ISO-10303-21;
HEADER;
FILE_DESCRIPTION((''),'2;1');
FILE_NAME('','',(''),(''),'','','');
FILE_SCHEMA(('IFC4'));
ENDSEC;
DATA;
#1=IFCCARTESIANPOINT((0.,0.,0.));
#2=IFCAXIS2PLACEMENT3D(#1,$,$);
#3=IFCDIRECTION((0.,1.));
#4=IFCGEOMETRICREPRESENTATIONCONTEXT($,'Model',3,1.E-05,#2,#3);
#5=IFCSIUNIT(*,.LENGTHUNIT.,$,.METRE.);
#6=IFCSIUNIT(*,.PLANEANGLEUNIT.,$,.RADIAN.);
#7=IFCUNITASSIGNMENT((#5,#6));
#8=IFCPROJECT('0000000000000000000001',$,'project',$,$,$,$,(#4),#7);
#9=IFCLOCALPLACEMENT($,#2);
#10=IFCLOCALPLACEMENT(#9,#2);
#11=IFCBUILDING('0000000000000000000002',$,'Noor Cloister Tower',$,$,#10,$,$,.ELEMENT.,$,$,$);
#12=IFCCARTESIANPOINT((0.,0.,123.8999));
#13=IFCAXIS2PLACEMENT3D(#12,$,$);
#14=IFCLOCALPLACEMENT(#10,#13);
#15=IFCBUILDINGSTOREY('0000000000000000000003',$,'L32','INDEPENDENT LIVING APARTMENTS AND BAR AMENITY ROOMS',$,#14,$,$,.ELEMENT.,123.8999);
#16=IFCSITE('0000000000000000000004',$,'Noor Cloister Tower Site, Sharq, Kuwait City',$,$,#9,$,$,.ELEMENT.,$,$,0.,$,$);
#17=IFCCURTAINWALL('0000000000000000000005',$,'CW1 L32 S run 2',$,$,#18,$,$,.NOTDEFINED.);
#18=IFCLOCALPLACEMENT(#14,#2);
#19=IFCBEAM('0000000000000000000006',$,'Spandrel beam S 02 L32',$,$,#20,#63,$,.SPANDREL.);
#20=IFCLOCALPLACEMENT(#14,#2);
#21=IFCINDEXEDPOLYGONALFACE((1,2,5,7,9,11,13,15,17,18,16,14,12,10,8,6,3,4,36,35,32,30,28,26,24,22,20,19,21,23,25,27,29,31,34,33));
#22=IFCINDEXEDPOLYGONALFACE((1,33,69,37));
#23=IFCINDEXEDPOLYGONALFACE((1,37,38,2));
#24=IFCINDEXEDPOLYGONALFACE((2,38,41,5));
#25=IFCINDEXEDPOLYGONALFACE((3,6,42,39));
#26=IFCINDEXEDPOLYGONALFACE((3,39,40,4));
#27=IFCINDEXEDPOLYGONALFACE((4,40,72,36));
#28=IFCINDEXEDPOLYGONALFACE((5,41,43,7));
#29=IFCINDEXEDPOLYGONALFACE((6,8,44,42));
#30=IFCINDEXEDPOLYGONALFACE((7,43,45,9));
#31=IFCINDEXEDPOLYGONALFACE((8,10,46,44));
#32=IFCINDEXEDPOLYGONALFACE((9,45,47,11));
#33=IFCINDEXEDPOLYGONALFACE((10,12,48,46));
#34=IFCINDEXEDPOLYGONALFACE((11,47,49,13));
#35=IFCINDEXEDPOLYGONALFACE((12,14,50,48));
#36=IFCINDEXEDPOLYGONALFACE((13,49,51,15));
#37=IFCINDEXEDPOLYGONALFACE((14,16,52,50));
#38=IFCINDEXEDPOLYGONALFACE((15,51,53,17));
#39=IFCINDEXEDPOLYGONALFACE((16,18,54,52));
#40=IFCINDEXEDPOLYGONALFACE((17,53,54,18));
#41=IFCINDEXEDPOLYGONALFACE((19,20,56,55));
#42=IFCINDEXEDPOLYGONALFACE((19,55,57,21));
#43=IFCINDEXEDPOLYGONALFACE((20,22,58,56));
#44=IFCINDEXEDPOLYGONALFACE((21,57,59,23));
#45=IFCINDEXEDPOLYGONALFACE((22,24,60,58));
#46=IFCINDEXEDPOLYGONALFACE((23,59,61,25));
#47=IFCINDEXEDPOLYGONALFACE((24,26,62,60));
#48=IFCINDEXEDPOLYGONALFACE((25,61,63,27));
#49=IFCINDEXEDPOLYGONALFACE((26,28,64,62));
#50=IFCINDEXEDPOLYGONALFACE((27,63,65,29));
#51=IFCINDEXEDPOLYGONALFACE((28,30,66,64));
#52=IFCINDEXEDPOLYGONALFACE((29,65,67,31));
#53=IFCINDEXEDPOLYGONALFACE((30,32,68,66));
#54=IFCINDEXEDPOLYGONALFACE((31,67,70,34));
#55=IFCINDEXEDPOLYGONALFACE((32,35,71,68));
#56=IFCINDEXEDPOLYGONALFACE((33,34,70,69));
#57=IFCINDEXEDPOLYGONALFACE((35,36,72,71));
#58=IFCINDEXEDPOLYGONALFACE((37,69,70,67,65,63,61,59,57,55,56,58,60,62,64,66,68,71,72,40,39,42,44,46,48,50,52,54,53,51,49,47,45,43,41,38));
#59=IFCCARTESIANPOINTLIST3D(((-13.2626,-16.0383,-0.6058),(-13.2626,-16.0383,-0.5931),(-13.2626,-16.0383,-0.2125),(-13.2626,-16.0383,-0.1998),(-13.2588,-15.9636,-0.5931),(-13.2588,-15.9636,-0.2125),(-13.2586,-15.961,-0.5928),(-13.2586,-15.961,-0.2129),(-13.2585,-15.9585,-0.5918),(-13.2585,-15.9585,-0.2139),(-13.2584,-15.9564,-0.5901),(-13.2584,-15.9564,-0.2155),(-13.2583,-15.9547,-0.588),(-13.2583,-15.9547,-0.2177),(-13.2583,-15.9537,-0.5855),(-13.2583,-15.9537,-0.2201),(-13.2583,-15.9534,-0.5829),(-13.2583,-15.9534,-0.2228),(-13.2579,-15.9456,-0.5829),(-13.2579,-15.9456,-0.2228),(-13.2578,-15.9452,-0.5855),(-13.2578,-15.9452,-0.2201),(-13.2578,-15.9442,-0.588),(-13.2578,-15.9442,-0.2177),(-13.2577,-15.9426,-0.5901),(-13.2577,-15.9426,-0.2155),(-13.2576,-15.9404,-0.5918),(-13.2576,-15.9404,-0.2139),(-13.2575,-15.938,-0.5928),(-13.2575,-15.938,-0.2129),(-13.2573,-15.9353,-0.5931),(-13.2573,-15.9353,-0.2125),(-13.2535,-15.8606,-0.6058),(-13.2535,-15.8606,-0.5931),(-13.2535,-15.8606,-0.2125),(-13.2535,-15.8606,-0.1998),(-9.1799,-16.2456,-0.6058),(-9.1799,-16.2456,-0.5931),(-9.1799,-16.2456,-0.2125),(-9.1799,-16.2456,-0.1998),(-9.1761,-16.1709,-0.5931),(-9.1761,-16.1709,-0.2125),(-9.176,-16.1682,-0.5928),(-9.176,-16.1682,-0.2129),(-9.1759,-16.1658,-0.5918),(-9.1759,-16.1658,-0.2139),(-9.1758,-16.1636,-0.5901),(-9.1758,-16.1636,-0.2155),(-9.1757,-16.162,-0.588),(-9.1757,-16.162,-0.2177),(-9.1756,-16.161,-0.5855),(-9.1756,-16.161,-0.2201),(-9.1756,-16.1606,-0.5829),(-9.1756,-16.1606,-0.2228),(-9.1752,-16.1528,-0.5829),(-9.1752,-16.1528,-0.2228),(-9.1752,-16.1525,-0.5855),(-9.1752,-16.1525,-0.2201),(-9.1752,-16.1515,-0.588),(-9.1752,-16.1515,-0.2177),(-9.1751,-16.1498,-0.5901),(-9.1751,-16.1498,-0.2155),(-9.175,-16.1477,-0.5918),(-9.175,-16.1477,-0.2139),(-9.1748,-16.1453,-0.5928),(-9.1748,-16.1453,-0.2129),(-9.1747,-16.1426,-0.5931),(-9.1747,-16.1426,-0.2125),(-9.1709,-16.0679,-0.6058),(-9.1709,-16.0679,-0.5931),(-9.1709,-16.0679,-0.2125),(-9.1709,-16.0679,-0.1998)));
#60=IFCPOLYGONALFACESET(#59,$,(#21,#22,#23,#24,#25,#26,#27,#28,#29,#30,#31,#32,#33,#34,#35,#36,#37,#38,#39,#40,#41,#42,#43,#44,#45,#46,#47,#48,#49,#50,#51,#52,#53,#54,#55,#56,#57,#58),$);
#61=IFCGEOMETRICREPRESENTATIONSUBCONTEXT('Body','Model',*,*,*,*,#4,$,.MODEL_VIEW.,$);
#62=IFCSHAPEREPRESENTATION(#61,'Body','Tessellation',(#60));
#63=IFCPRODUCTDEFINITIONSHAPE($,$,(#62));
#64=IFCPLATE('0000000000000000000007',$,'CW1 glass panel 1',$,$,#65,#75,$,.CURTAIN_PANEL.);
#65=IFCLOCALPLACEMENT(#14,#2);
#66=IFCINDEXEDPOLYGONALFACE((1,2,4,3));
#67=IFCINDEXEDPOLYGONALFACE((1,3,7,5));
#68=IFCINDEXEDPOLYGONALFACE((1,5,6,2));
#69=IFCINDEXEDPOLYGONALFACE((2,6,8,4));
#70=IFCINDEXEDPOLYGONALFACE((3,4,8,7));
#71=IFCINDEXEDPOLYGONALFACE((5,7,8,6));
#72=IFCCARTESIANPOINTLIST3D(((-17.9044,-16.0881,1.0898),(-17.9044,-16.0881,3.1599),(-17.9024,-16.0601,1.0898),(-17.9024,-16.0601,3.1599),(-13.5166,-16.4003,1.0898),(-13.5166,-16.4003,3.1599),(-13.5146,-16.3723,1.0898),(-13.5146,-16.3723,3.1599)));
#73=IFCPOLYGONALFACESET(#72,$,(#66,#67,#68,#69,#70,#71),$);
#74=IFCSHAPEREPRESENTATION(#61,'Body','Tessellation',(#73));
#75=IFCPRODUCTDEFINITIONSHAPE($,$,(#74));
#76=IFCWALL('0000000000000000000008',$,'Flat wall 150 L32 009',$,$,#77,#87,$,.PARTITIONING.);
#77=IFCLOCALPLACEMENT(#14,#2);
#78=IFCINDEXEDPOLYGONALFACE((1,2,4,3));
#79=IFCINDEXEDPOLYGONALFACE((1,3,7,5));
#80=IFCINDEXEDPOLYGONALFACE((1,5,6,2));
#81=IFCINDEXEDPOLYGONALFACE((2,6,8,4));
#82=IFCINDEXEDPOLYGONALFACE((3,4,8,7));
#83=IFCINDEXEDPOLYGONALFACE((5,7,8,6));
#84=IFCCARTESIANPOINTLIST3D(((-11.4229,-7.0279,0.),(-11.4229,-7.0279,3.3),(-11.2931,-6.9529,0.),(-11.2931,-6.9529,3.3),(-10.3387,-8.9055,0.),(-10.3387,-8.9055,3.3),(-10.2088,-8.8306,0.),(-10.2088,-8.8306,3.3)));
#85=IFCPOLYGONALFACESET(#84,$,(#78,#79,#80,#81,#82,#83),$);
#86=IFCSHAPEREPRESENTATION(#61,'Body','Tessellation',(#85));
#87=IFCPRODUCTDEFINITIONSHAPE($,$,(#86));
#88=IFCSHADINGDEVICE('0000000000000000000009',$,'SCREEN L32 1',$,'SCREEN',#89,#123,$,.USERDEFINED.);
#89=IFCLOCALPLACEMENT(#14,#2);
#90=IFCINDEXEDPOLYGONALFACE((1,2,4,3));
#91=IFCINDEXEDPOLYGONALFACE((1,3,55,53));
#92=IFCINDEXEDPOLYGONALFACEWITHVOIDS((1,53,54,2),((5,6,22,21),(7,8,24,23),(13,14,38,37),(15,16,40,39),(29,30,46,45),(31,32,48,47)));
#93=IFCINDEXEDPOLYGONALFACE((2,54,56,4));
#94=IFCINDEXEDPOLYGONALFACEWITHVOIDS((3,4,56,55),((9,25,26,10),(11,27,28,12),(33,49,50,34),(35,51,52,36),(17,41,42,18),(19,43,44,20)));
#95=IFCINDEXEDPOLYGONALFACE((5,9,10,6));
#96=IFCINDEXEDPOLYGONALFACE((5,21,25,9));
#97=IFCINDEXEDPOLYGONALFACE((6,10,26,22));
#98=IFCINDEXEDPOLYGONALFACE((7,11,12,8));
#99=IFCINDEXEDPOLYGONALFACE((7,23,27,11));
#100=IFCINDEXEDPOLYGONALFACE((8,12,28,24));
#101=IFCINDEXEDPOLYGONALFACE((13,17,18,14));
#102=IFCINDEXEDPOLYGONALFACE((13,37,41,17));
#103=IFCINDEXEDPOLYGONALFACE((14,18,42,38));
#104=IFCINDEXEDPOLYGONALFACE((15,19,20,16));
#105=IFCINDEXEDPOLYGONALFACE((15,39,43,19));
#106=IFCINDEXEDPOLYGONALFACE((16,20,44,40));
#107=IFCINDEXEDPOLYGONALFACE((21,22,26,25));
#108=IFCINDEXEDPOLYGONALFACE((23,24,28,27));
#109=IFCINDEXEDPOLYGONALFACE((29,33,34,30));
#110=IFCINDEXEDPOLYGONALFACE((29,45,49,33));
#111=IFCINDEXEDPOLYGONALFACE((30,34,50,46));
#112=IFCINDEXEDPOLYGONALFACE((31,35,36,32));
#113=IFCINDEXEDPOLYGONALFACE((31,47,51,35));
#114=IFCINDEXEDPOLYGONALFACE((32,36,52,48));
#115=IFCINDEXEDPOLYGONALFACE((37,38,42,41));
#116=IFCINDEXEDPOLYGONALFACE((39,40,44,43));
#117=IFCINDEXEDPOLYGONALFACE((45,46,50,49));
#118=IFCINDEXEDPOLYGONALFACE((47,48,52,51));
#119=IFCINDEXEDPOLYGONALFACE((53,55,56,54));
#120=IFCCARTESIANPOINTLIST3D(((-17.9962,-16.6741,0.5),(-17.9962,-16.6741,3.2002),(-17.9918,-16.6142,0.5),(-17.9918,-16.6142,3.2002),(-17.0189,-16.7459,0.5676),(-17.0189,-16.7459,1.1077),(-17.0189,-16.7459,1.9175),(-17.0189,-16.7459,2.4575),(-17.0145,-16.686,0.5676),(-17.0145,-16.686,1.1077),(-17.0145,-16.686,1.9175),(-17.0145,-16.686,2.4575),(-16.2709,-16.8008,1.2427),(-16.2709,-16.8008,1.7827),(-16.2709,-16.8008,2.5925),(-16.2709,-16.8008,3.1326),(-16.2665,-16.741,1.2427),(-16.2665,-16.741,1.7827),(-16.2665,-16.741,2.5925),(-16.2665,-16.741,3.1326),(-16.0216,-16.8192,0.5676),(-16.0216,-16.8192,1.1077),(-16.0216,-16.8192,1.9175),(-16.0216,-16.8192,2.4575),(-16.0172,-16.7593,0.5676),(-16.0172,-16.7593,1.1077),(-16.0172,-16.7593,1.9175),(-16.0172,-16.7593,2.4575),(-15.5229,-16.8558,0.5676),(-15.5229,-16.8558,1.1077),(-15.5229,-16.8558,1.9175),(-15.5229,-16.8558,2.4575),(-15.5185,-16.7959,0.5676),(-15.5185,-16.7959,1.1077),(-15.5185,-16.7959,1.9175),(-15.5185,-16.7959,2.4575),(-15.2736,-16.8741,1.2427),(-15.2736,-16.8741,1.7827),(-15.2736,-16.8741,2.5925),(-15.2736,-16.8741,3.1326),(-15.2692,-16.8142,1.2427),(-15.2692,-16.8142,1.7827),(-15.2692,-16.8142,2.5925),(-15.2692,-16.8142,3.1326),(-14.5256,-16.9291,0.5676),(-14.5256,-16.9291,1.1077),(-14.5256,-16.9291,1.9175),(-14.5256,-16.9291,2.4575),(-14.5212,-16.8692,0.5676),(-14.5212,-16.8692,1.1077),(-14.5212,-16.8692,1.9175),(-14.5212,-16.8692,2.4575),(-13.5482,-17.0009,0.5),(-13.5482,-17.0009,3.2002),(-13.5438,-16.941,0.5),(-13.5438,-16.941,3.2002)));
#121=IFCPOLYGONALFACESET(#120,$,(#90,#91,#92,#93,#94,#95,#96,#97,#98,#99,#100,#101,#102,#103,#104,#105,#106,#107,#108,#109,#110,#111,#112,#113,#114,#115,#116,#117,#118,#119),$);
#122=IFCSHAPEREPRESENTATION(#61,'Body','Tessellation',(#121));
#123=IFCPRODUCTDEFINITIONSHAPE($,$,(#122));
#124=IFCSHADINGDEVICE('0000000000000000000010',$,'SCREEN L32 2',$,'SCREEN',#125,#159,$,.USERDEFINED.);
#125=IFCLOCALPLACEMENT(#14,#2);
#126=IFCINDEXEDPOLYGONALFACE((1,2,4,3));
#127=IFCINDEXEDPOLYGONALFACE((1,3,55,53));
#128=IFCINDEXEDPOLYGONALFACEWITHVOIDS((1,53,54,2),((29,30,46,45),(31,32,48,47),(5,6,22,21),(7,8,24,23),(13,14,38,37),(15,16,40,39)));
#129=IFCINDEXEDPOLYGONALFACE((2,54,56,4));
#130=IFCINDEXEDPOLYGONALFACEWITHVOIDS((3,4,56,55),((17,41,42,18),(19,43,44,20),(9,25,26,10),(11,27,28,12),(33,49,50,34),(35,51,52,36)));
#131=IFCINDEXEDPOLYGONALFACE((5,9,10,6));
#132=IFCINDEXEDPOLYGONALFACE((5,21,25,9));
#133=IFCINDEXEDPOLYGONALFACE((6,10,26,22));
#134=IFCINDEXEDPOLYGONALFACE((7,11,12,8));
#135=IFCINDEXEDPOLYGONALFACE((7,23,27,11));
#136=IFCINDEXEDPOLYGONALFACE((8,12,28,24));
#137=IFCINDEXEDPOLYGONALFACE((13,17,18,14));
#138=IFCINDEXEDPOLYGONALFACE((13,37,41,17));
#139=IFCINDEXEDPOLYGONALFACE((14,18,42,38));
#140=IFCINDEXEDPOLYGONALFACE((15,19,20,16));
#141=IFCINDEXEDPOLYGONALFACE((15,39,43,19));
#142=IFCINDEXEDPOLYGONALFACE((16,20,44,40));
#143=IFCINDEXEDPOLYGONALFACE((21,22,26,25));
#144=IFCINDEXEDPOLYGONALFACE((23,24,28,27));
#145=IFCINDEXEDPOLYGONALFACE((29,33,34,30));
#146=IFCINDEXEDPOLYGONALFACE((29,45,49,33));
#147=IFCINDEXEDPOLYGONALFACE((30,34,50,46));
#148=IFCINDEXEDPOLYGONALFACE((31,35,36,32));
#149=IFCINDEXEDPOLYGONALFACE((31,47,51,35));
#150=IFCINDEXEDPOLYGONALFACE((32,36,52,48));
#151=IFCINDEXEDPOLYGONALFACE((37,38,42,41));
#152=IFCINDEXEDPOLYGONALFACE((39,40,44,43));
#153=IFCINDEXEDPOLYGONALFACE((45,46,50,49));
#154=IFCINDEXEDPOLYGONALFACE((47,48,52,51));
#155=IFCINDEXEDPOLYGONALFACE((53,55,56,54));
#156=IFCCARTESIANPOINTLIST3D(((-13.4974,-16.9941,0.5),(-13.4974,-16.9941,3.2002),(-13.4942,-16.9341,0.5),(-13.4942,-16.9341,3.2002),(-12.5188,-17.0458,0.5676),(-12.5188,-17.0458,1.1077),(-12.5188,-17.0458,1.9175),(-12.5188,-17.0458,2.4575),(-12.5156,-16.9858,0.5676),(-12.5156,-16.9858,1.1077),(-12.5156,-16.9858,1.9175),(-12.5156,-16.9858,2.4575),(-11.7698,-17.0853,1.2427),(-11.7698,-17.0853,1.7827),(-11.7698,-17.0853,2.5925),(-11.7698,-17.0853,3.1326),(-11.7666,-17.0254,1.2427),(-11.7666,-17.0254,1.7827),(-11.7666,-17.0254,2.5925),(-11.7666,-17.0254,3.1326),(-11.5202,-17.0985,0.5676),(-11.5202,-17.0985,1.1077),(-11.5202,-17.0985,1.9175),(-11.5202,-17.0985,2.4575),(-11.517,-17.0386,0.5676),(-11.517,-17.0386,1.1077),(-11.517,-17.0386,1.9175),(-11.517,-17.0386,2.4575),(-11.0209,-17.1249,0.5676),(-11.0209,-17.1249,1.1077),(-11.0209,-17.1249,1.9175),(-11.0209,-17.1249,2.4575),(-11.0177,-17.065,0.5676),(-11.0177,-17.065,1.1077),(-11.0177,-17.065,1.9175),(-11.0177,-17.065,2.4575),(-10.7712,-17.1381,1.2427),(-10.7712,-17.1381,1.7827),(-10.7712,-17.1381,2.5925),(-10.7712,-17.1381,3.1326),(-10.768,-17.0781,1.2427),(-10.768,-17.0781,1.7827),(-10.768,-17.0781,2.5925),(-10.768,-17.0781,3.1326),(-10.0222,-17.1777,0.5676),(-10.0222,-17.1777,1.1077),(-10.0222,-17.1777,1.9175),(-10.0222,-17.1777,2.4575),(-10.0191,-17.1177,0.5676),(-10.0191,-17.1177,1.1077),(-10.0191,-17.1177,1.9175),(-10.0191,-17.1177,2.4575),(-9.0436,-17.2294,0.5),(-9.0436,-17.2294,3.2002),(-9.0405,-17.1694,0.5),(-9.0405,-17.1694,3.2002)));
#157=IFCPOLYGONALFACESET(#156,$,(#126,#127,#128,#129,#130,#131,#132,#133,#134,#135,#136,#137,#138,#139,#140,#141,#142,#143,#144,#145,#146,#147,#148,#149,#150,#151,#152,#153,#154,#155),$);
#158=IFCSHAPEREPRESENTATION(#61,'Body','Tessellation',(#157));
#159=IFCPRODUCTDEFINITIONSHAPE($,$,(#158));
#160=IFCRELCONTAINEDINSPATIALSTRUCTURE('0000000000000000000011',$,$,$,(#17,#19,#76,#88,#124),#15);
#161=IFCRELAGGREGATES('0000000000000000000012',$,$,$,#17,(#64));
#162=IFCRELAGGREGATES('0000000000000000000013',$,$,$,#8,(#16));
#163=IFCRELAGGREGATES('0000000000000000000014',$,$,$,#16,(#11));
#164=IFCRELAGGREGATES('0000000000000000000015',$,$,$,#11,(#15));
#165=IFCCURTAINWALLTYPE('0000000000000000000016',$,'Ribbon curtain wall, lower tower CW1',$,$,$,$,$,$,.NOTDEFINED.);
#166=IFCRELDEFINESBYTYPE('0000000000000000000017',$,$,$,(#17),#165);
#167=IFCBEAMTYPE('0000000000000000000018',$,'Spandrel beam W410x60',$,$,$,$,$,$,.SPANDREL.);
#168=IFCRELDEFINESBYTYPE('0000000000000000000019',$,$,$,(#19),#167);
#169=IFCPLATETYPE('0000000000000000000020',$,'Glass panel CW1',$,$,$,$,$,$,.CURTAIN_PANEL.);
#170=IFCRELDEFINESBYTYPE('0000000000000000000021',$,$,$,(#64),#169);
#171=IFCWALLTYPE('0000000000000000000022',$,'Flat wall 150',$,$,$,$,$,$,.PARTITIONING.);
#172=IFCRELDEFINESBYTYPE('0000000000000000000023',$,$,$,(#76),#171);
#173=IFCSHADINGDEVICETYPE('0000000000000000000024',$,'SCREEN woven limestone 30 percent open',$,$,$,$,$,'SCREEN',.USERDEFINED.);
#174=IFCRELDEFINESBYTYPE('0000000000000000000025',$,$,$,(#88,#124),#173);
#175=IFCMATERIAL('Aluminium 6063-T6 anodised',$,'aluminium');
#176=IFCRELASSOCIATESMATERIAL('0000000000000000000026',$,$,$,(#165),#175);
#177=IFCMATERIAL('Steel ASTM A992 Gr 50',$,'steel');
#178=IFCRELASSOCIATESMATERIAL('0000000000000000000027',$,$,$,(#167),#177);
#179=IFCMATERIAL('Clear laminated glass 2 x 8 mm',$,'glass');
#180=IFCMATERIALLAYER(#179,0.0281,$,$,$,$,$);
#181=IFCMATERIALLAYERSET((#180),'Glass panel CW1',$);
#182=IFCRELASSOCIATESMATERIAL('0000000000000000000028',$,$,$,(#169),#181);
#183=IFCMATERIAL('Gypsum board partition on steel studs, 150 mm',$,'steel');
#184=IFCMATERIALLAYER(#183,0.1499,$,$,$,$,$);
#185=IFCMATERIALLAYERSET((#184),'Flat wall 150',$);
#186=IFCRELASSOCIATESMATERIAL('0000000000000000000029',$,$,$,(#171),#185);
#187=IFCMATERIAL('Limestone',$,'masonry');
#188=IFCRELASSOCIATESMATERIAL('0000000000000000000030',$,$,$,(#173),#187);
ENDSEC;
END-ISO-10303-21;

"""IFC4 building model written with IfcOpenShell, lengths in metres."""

from ifc_helpers import new_model, si_unit, direction, frame, frame_2d, origin, origin_2d, place, context, subcontext, project, spatial, polyline, rectangle, i_section, outline, extrude, material, layer, layer_set, material_profile, profile_set, type_object, element, aggregate, save


model = new_model("IFC4")

# Units and contexts
model_context = context("Model", 3, precision=1e-05, world=origin(), true_north=direction((0.0, 1.0)))
body_context = subcontext(model_context, "Body", "Model", "MODEL_VIEW")
ifc_project = project(units=[si_unit("LENGTHUNIT", "METRE"), si_unit("PLANEANGLEUNIT", "RADIAN")], contexts=[model_context])

# Site, building, storey
site_placement = place(None, origin())
site = spatial("IfcSite", under=ifc_project, at=site_placement, Name="Noor Cloister Tower Site, Sharq, Kuwait City", CompositionType="ELEMENT", RefElevation=0.0)
building_placement = place(site_placement, origin())
building = spatial("IfcBuilding", under=site, at=building_placement, Name="Noor Cloister Tower", CompositionType="ELEMENT")
storey_placement = place(building_placement, frame((0.0, 0.0, 123.8999)))
storey = spatial("IfcBuildingStorey", under=building, at=storey_placement, Name="L32", Description="INDEPENDENT LIVING APARTMENTS AND BAR AMENITY ROOMS", CompositionType="ELEMENT", Elevation=123.8999)

# Shared definitions
ifc_material_1 = material(Name="Aluminium 6063-T6 anodised", Category="aluminium")
curtain_wall_type = type_object("IfcCurtainWallType", Name="Ribbon curtain wall, lower tower CW1", PredefinedType="NOTDEFINED", material=ifc_material_1)

# Curtain wall
curtain_wall_1_placement = place(storey_placement, origin())
curtain_wall_1 = element("IfcCurtainWall", 1, at=curtain_wall_1_placement, inside=storey, type_object=curtain_wall_type, Name="CW1 L32 S run 2", PredefinedType="NOTDEFINED")

# Beam
ifc_material_2 = material(Name="Steel ASTM A992 Gr 50", Category="steel")
ifc_material_profile_1 = material_profile(ifc_material_2, i_section(OverallWidth=0.178, OverallDepth=0.406, WebThickness=0.0078, FlangeThickness=0.0127, FilletRadius=0.0103, at=origin_2d()), Name="W410x60")
ifc_profile_set_1 = profile_set([ifc_material_profile_1], Name="Steel ASTM A992 Gr 50")
beam_type_1 = type_object("IfcBeamType", Name="Spandrel beam W410x60", PredefinedType="SPANDREL", material=ifc_profile_set_1)
beam_1_placement = place(storey_placement, frame((-13.2581, -15.9495, -0.4028), z_axis=(0.998714, -0.050706, 0.0), x_axis=(0.050706, 0.998714, 0.0)))
element("IfcBeam", 2, at=beam_1_placement, inside=storey, type_object=beam_type_1, Name="Spandrel beam S 02 L32", PredefinedType="SPANDREL", context=body_context, shape_type="SweptSolid", body=[
    extrude(i_section(OverallWidth=0.178, OverallDepth=0.406, WebThickness=0.0078, FlangeThickness=0.0127, FilletRadius=0.0103, at=origin_2d()), origin(), (0.0, 0.0, 1.0), 4.0879),
])

# Plate
ifc_material_3 = material(Name="Clear laminated glass 2 x 8 mm", Category="glass")
ifc_layer_1 = layer(ifc_material_3, 0.0281)
ifc_layer_set_1 = layer_set([ifc_layer_1], Name="Glass panel CW1")
plate_type = type_object("IfcPlateType", Name="Glass panel CW1", PredefinedType="CURTAIN_PANEL", material=ifc_layer_set_1)
plate_placement = place(storey_placement, frame((-15.7095, -16.2302, 1.0898), z_axis=(0.0, 0.0, 1.0), x_axis=(0.997478, -0.070972, 0.0)))
plate = element("IfcPlate", 3, at=plate_placement, type_object=plate_type, Name="CW1 glass panel 1", PredefinedType="CURTAIN_PANEL", context=body_context, shape_type="SweptSolid", body=[
    extrude(rectangle(XDim=4.3989, YDim=0.0281, at=origin_2d()), origin(), (0.0, 0.0, 1.0), 2.0701),
])
aggregate(curtain_wall_1, [plate])

# Wall
ifc_material_4 = material(Name="Gypsum board partition on steel studs, 150 mm", Category="steel")
ifc_layer_2 = layer(ifc_material_4, 0.1499)
ifc_layer_set_2 = layer_set([ifc_layer_2], Name="Flat wall 150")
wall_type = type_object("IfcWallType", Name="Flat wall 150", PredefinedType="PARTITIONING", material=ifc_layer_set_2)
wall_placement = place(storey_placement, frame((-11.3579, -6.9905, 0.0), z_axis=(0.0, 0.0, 1.0), x_axis=(0.500051, -0.865996, 0.0)))
element("IfcWall", 4, at=wall_placement, inside=storey, type_object=wall_type, Name="Flat wall 150 L32 009", PredefinedType="PARTITIONING", context=body_context, shape_type="SweptSolid", body=[
    extrude(rectangle(XDim=2.1682, YDim=0.1499, at=frame_2d((1.084, 0.0))), origin(), (0.0, 0.0, 1.0), 3.3),
])

# Shading devices
ifc_material_5 = material(Name="Limestone", Category="masonry")
ifc_material_profile_2 = material_profile(ifc_material_5, outline(polyline([(-2.23, -1.3501), (2.23, -1.3501), (2.23, 1.3501), (-2.23, 1.3501), (-2.23, -1.3501)]), holes=[polyline([(-1.25, -1.2825), (-0.25, -1.2825), (-0.25, -0.7424), (-1.25, -0.7424), (-1.25, -1.2825)]), polyline([(0.25, -1.2825), (1.25, -1.2825), (1.25, -0.7424), (0.25, -0.7424), (0.25, -1.2825)]), polyline([(-0.5, -0.6074), (0.5, -0.6074), (0.5, -0.0674), (-0.5, -0.0674), (-0.5, -0.6074)]), polyline([(-1.25, 0.0674), (-0.25, 0.0674), (-0.25, 0.6074), (-1.25, 0.6074), (-1.25, 0.0674)]), polyline([(0.25, 0.0674), (1.25, 0.0674), (1.25, 0.6074), (0.25, 0.6074), (0.25, 0.0674)]), polyline([(-0.5, 0.7424), (0.5, 0.7424), (0.5, 1.2825), (-0.5, 1.2825), (-0.5, 0.7424)])]), Name="Woven screen 30 percent open")
ifc_profile_set_2 = profile_set([ifc_material_profile_2], Name="Limestone")
shading_device_type = type_object("IfcShadingDeviceType", Name="SCREEN woven limestone 30 percent open", ElementType="SCREEN", PredefinedType="USERDEFINED", material=ifc_profile_set_2)
for number, where, z_axis, x_axis, name in (
    (5, (-15.7678, -16.7776, 1.8501), (-0.073272, -0.997312, 0.0), (0.997312, -0.073272, 0.0), "SCREEN L32 1"),
    (6, (-11.2673, -17.0518, 1.8501), (-0.052772, -0.998607, 0.0), (0.998607, -0.052772, 0.0), "SCREEN L32 2"),
):
    element("IfcShadingDevice", number, at=place(storey_placement, frame(where, z_axis=z_axis, x_axis=x_axis)), inside=storey, type_object=shading_device_type, Name=name, ObjectType="SCREEN", PredefinedType="USERDEFINED", context=body_context, shape_type="SweptSolid", body=[
        extrude(outline(polyline([(-2.23, -1.3501), (2.23, -1.3501), (2.23, 1.3501), (-2.23, 1.3501), (-2.23, -1.3501)]), holes=[polyline([(-1.25, -1.2825), (-0.25, -1.2825), (-0.25, -0.7424), (-1.25, -0.7424), (-1.25, -1.2825)]), polyline([(0.25, -1.2825), (1.25, -1.2825), (1.25, -0.7424), (0.25, -0.7424), (0.25, -1.2825)]), polyline([(-0.5, -0.6074), (0.5, -0.6074), (0.5, -0.0674), (-0.5, -0.0674), (-0.5, -0.6074)]), polyline([(-1.25, 0.0674), (-0.25, 0.0674), (-0.25, 0.6074), (-1.25, 0.6074), (-1.25, 0.0674)]), polyline([(0.25, 0.0674), (1.25, 0.0674), (1.25, 0.6074), (0.25, 0.6074), (0.25, 0.0674)]), polyline([(-0.5, 0.7424), (0.5, 0.7424), (0.5, 1.2825), (-0.5, 1.2825), (-0.5, 0.7424)])]), origin(), (0.0, 0.0, 1.0), 0.0601),
    ])

save(model, "model.ifc")
